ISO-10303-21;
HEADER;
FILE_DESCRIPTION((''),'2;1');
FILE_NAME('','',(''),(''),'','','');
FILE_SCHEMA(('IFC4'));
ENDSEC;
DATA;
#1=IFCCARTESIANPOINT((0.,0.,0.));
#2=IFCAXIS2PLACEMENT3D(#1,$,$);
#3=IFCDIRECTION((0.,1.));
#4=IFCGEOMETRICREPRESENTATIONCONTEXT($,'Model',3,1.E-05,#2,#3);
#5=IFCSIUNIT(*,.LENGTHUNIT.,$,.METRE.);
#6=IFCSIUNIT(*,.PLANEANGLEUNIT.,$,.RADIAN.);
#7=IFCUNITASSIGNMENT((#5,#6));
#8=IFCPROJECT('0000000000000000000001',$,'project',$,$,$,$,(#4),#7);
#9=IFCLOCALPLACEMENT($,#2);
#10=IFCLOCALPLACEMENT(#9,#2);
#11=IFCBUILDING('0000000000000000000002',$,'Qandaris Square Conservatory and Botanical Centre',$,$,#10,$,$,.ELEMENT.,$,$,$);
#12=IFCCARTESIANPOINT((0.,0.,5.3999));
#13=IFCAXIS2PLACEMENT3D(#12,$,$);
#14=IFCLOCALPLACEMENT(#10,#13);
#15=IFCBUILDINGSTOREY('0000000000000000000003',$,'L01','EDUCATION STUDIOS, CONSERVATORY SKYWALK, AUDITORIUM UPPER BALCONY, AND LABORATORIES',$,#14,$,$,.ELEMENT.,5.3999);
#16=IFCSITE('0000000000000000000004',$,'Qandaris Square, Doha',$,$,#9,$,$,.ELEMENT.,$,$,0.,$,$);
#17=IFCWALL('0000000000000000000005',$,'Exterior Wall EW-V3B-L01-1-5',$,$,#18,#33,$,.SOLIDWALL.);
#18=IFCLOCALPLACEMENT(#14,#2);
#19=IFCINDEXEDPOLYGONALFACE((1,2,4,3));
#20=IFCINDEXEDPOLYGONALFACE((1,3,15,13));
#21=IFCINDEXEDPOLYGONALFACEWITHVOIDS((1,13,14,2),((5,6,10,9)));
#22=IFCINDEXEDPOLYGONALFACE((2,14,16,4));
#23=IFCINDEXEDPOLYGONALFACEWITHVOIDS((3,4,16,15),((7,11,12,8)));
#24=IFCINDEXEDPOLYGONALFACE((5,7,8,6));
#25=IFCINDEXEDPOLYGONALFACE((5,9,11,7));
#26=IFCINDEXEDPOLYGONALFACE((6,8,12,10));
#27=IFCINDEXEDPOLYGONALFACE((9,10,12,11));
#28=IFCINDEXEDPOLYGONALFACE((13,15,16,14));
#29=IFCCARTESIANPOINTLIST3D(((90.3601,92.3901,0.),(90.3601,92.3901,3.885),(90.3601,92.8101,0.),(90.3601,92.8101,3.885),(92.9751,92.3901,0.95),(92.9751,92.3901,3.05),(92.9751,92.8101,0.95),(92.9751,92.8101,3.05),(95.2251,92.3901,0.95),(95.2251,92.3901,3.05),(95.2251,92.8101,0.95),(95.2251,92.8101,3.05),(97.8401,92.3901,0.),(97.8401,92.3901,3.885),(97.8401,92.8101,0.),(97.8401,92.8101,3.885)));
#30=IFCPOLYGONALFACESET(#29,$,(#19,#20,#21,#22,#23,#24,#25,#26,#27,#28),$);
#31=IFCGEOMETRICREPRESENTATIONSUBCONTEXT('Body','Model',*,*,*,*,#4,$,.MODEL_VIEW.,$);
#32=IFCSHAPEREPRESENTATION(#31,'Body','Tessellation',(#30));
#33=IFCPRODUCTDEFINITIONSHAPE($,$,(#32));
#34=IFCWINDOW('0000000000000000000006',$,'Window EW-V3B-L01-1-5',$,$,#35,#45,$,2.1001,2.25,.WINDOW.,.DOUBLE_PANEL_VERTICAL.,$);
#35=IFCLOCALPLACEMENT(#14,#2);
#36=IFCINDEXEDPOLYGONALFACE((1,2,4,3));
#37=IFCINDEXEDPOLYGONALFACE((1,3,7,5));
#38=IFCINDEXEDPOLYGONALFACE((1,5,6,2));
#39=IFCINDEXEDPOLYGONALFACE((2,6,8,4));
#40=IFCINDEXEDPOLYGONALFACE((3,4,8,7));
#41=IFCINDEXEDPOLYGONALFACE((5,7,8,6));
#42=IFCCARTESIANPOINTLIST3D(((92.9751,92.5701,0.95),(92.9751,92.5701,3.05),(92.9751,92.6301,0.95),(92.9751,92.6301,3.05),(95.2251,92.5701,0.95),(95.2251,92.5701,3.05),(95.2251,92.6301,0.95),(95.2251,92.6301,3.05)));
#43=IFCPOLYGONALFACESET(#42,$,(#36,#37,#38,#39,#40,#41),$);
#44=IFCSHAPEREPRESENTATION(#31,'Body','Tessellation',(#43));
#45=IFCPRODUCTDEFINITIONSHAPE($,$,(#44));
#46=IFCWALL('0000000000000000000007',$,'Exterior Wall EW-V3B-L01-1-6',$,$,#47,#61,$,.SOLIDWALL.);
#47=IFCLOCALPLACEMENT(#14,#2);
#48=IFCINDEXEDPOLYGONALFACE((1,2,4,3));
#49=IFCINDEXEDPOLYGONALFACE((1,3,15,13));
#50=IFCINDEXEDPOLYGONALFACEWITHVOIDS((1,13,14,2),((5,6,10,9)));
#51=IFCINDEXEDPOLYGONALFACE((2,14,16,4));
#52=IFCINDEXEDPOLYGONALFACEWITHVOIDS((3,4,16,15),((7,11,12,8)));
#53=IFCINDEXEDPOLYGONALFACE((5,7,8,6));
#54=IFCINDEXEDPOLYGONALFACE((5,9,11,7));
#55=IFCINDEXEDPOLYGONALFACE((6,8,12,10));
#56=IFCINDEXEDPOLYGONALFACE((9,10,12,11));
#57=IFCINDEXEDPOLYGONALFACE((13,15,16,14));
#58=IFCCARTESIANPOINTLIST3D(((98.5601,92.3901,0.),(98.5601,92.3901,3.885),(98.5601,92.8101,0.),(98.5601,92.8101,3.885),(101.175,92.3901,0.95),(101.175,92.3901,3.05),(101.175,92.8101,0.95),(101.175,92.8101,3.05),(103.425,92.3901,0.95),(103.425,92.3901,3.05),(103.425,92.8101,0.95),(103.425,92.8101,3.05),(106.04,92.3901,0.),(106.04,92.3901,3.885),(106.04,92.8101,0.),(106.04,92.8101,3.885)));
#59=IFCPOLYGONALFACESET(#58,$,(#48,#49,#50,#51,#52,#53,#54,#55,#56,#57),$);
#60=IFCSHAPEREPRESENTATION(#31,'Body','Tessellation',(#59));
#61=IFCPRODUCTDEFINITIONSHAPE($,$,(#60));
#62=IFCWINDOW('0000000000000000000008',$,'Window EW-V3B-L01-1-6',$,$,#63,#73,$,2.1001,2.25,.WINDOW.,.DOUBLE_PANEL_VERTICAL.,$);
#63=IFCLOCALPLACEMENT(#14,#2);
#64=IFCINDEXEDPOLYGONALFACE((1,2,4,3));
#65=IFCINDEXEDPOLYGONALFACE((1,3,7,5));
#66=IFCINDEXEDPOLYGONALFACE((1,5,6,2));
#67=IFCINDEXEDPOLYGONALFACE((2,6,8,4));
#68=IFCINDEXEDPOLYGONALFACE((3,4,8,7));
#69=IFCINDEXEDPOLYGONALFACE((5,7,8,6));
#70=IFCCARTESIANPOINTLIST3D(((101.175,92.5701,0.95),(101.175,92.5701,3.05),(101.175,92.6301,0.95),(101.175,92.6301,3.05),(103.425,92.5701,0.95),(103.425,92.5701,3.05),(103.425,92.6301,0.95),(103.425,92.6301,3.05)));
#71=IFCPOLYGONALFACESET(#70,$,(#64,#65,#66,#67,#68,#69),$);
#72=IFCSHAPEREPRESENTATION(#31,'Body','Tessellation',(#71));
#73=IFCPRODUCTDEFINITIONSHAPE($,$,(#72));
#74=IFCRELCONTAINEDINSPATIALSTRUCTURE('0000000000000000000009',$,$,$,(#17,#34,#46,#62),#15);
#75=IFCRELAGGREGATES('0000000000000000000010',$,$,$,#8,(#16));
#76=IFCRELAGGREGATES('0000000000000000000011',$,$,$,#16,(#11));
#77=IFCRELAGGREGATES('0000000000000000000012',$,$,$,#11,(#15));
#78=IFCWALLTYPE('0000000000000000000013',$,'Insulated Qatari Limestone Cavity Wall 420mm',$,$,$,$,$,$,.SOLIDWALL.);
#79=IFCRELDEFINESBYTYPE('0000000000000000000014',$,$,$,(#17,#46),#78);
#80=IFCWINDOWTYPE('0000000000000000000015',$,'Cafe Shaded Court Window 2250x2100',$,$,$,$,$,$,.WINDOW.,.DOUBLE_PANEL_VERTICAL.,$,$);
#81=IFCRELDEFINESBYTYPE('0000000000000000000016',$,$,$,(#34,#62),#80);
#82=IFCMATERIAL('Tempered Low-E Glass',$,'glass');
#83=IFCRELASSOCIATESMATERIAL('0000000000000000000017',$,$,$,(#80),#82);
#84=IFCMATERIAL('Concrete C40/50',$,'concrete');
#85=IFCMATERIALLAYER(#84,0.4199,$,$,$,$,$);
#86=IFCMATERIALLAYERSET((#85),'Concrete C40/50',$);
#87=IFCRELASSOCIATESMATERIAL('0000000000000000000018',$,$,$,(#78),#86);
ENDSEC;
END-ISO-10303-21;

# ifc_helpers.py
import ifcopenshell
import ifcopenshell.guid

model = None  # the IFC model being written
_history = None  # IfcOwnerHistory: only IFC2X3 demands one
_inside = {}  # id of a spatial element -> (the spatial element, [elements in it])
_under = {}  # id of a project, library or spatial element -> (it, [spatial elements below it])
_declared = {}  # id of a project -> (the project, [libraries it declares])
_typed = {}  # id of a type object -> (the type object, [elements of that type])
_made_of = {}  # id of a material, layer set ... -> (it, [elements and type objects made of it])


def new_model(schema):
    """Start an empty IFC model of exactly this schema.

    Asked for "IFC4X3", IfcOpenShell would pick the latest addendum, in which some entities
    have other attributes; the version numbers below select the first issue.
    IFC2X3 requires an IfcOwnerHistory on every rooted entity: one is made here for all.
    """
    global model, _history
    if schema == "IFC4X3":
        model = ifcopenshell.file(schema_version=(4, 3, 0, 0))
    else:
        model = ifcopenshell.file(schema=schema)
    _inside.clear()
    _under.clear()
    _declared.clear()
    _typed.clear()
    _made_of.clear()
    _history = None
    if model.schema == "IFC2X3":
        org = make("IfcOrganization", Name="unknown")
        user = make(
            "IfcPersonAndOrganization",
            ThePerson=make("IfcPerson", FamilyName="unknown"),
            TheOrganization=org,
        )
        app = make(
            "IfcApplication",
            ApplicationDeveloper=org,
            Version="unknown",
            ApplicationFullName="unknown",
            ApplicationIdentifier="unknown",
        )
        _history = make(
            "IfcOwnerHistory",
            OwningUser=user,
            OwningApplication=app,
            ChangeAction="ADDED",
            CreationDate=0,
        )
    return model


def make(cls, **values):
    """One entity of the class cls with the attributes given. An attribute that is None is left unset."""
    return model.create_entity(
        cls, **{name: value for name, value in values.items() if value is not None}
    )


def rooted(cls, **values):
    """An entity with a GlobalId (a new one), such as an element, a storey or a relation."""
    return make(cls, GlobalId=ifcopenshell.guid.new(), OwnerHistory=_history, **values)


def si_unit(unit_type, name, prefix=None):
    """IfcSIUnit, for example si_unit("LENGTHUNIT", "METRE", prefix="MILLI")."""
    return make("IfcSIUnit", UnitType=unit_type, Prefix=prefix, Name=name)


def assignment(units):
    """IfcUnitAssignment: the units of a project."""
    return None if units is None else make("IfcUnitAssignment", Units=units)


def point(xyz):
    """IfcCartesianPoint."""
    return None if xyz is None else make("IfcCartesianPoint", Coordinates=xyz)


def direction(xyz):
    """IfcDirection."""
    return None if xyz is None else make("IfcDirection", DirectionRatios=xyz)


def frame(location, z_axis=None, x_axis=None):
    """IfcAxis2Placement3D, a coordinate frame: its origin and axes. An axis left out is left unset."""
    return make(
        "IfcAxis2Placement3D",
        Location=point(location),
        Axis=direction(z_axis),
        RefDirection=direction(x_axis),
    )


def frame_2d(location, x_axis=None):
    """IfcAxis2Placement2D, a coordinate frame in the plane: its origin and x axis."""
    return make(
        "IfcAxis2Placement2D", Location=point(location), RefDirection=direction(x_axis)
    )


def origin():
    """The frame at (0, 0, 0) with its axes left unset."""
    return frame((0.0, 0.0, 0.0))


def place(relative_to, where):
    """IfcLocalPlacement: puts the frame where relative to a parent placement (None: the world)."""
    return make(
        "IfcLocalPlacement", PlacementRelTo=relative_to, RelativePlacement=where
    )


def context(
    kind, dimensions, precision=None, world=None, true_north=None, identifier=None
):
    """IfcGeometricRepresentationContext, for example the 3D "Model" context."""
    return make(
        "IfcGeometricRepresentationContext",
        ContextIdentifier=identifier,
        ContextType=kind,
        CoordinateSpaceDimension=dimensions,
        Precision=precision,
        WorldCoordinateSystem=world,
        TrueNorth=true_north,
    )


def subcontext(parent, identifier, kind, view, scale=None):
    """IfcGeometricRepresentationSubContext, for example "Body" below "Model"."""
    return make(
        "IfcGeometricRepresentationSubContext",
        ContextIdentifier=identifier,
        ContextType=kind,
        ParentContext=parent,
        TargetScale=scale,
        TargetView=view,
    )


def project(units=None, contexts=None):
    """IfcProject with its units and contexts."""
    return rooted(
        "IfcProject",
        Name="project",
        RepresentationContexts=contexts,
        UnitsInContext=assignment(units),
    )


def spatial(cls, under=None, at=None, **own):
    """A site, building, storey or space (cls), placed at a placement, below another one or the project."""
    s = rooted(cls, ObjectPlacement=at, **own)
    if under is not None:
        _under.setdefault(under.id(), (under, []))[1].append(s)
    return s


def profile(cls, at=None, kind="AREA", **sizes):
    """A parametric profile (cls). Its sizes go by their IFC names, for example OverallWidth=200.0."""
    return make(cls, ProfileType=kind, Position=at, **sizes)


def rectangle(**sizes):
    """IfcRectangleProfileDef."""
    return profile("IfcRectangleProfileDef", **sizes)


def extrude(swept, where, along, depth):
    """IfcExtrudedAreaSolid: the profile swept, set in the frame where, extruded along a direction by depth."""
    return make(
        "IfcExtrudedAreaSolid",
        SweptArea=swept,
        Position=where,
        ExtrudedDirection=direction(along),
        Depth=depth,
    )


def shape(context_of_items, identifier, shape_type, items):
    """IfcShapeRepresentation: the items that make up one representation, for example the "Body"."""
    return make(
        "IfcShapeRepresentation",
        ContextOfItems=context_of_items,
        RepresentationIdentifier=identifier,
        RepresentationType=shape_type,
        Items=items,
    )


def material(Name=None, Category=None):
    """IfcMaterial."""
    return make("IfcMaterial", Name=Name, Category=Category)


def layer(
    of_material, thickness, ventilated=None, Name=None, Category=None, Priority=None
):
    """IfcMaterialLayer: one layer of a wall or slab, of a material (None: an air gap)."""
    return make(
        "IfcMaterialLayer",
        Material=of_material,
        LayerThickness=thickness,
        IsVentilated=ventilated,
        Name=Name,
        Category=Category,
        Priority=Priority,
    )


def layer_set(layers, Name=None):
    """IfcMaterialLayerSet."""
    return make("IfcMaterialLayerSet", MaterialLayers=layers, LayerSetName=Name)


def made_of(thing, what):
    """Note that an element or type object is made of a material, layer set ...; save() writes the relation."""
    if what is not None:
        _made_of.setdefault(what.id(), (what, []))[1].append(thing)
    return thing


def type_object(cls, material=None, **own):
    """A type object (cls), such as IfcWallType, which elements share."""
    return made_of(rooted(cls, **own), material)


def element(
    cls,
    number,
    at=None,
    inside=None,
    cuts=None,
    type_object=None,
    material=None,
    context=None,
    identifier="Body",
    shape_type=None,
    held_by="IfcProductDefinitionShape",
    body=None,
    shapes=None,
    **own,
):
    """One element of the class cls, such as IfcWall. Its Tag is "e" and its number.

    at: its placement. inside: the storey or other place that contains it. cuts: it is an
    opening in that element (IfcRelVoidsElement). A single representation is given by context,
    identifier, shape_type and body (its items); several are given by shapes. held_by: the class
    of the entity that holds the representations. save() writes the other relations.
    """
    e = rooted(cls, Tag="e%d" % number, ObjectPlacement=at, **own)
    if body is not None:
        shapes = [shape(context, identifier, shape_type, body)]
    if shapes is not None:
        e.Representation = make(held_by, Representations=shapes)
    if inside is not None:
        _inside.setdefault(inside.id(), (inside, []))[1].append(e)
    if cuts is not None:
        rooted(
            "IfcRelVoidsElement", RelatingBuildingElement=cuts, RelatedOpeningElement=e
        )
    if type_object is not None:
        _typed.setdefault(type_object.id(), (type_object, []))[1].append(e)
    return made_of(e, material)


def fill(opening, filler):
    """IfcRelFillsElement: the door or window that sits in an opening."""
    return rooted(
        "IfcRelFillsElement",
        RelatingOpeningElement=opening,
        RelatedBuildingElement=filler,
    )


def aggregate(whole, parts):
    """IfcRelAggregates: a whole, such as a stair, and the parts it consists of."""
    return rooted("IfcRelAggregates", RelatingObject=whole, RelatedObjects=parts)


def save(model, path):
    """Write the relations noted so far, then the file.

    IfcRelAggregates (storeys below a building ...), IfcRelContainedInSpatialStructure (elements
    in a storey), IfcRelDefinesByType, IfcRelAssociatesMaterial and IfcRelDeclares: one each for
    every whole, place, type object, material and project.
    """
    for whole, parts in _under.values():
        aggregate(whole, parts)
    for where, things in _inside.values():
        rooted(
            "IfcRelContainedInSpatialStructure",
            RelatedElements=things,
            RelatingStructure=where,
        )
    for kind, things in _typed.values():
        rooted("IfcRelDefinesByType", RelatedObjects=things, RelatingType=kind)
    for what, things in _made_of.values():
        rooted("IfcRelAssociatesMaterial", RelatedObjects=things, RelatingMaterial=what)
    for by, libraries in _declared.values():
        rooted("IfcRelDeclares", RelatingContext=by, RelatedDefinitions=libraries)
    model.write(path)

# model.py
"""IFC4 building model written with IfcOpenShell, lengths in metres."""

from ifc_helpers import new_model, si_unit, direction, frame, frame_2d, origin, place, context, subcontext, project, spatial, rectangle, extrude, material, layer, layer_set, type_object, element, fill, save


model = new_model("IFC4")

# Units and contexts
model_context = context("Model", 3, precision=1e-05, world=origin(), true_north=direction((0.0, 1.0)))
body_context = subcontext(model_context, "Body", "Model", "MODEL_VIEW")
ifc_project = project(units=[si_unit("LENGTHUNIT", "METRE"), si_unit("PLANEANGLEUNIT", "RADIAN")], contexts=[model_context])

# Site, building, storey
site_placement = place(None, origin())
site = spatial("IfcSite", under=ifc_project, at=site_placement, Name="Qandaris Square, Doha", CompositionType="ELEMENT", RefElevation=0.0)
building_placement = place(site_placement, origin())
building = spatial("IfcBuilding", under=site, at=building_placement, Name="Qandaris Square Conservatory and Botanical Centre", CompositionType="ELEMENT")
storey_placement = place(building_placement, frame((0.0, 0.0, 5.3999)))
storey = spatial("IfcBuildingStorey", under=building, at=storey_placement, Name="L01", Description="EDUCATION STUDIOS, CONSERVATORY SKYWALK, AUDITORIUM UPPER BALCONY, AND LABORATORIES", CompositionType="ELEMENT", Elevation=5.3999)

# Shared definitions
ifc_material_1 = material(Name="Concrete C40/50", Category="concrete")

# Shared definitions
ifc_material_2 = material(Name="Tempered Low-E Glass", Category="glass")
window_type = type_object("IfcWindowType", Name="Cafe Shaded Court Window 2250x2100", PartitioningType="DOUBLE_PANEL_VERTICAL", PredefinedType="WINDOW", material=ifc_material_2)

# Walls, openings, windows
ifc_layer_1 = layer(ifc_material_1, 0.4199)
ifc_layer_set_1 = layer_set([ifc_layer_1], Name="Concrete C40/50")
wall_type_1 = type_object("IfcWallType", Name="Insulated Qatari Limestone Cavity Wall 420mm", PredefinedType="SOLIDWALL", material=ifc_layer_set_1)
wall_1_placement = place(storey_placement, frame((90.3601, 92.6001, 0.0), z_axis=(0.0, 0.0, 1.0), x_axis=(1.0, 0.0, 0.0)))
wall_1 = element("IfcWall", 1, at=wall_1_placement, inside=storey, type_object=wall_type_1, Name="Exterior Wall EW-V3B-L01-1-5", PredefinedType="SOLIDWALL", context=body_context, shape_type="SweptSolid", body=[
    extrude(rectangle(XDim=7.48, YDim=0.4199, at=frame_2d((3.74, 0.0))), origin(), (0.0, 0.0, 1.0), 3.885),
])
opening_1_placement = place(wall_1_placement, frame((2.615, 0.0, 0.95)))
opening_1 = element("IfcOpeningElement", 2, at=opening_1_placement, cuts=wall_1, PredefinedType="OPENING", context=body_context, shape_type="SweptSolid", body=[
    extrude(rectangle(XDim=2.25, YDim=2.1001, at=frame_2d((1.125, 1.05))), frame((0.0, 0.2219, 0.0), z_axis=(0.0, -1.0, 0.0), x_axis=(1.0, 0.0, 0.0)), (0.0, 0.0, 1.0), 0.4438),
])
window_1_placement = place(opening_1_placement, origin())
window_1 = element("IfcWindow", 3, at=window_1_placement, inside=storey, type_object=window_type, Name="Window EW-V3B-L01-1-5", OverallHeight=2.1001, OverallWidth=2.25, PartitioningType="DOUBLE_PANEL_VERTICAL", PredefinedType="WINDOW", context=body_context, shape_type="SweptSolid", body=[
    extrude(rectangle(XDim=2.25, YDim=2.1001, at=frame_2d((1.125, 1.05))), frame((0.0, 0.03, 0.0), z_axis=(0.0, -1.0, 0.0), x_axis=(1.0, 0.0, 0.0)), (0.0, 0.0, 1.0), 0.0601),
])
fill(opening_1, window_1)
wall_2_placement = place(storey_placement, frame((98.5601, 92.6001, 0.0), z_axis=(0.0, 0.0, 1.0), x_axis=(1.0, 0.0, 0.0)))
wall_2 = element("IfcWall", 4, at=wall_2_placement, inside=storey, type_object=wall_type_1, Name="Exterior Wall EW-V3B-L01-1-6", PredefinedType="SOLIDWALL", context=body_context, shape_type="SweptSolid", body=[
    extrude(rectangle(XDim=7.48, YDim=0.4199, at=frame_2d((3.74, 0.0))), origin(), (0.0, 0.0, 1.0), 3.885),
])
opening_2_placement = place(wall_2_placement, frame((2.615, 0.0, 0.95)))
opening_2 = element("IfcOpeningElement", 5, at=opening_2_placement, cuts=wall_2, PredefinedType="OPENING", context=body_context, shape_type="SweptSolid", body=[
    extrude(rectangle(XDim=2.25, YDim=2.1001, at=frame_2d((1.125, 1.05))), frame((0.0, 0.2219, 0.0), z_axis=(0.0, -1.0, 0.0), x_axis=(1.0, 0.0, 0.0)), (0.0, 0.0, 1.0), 0.4438),
])
window_2_placement = place(opening_2_placement, origin())
window_2 = element("IfcWindow", 6, at=window_2_placement, inside=storey, type_object=window_type, Name="Window EW-V3B-L01-1-6", OverallHeight=2.1001, OverallWidth=2.25, PartitioningType="DOUBLE_PANEL_VERTICAL", PredefinedType="WINDOW", context=body_context, shape_type="SweptSolid", body=[
    extrude(rectangle(XDim=2.25, YDim=2.1001, at=frame_2d((1.125, 1.05))), frame((0.0, 0.03, 0.0), z_axis=(0.0, -1.0, 0.0), x_axis=(1.0, 0.0, 0.0)), (0.0, 0.0, 1.0), 0.0601),
])
fill(opening_2, window_2)

save(model, "model.ifc")
